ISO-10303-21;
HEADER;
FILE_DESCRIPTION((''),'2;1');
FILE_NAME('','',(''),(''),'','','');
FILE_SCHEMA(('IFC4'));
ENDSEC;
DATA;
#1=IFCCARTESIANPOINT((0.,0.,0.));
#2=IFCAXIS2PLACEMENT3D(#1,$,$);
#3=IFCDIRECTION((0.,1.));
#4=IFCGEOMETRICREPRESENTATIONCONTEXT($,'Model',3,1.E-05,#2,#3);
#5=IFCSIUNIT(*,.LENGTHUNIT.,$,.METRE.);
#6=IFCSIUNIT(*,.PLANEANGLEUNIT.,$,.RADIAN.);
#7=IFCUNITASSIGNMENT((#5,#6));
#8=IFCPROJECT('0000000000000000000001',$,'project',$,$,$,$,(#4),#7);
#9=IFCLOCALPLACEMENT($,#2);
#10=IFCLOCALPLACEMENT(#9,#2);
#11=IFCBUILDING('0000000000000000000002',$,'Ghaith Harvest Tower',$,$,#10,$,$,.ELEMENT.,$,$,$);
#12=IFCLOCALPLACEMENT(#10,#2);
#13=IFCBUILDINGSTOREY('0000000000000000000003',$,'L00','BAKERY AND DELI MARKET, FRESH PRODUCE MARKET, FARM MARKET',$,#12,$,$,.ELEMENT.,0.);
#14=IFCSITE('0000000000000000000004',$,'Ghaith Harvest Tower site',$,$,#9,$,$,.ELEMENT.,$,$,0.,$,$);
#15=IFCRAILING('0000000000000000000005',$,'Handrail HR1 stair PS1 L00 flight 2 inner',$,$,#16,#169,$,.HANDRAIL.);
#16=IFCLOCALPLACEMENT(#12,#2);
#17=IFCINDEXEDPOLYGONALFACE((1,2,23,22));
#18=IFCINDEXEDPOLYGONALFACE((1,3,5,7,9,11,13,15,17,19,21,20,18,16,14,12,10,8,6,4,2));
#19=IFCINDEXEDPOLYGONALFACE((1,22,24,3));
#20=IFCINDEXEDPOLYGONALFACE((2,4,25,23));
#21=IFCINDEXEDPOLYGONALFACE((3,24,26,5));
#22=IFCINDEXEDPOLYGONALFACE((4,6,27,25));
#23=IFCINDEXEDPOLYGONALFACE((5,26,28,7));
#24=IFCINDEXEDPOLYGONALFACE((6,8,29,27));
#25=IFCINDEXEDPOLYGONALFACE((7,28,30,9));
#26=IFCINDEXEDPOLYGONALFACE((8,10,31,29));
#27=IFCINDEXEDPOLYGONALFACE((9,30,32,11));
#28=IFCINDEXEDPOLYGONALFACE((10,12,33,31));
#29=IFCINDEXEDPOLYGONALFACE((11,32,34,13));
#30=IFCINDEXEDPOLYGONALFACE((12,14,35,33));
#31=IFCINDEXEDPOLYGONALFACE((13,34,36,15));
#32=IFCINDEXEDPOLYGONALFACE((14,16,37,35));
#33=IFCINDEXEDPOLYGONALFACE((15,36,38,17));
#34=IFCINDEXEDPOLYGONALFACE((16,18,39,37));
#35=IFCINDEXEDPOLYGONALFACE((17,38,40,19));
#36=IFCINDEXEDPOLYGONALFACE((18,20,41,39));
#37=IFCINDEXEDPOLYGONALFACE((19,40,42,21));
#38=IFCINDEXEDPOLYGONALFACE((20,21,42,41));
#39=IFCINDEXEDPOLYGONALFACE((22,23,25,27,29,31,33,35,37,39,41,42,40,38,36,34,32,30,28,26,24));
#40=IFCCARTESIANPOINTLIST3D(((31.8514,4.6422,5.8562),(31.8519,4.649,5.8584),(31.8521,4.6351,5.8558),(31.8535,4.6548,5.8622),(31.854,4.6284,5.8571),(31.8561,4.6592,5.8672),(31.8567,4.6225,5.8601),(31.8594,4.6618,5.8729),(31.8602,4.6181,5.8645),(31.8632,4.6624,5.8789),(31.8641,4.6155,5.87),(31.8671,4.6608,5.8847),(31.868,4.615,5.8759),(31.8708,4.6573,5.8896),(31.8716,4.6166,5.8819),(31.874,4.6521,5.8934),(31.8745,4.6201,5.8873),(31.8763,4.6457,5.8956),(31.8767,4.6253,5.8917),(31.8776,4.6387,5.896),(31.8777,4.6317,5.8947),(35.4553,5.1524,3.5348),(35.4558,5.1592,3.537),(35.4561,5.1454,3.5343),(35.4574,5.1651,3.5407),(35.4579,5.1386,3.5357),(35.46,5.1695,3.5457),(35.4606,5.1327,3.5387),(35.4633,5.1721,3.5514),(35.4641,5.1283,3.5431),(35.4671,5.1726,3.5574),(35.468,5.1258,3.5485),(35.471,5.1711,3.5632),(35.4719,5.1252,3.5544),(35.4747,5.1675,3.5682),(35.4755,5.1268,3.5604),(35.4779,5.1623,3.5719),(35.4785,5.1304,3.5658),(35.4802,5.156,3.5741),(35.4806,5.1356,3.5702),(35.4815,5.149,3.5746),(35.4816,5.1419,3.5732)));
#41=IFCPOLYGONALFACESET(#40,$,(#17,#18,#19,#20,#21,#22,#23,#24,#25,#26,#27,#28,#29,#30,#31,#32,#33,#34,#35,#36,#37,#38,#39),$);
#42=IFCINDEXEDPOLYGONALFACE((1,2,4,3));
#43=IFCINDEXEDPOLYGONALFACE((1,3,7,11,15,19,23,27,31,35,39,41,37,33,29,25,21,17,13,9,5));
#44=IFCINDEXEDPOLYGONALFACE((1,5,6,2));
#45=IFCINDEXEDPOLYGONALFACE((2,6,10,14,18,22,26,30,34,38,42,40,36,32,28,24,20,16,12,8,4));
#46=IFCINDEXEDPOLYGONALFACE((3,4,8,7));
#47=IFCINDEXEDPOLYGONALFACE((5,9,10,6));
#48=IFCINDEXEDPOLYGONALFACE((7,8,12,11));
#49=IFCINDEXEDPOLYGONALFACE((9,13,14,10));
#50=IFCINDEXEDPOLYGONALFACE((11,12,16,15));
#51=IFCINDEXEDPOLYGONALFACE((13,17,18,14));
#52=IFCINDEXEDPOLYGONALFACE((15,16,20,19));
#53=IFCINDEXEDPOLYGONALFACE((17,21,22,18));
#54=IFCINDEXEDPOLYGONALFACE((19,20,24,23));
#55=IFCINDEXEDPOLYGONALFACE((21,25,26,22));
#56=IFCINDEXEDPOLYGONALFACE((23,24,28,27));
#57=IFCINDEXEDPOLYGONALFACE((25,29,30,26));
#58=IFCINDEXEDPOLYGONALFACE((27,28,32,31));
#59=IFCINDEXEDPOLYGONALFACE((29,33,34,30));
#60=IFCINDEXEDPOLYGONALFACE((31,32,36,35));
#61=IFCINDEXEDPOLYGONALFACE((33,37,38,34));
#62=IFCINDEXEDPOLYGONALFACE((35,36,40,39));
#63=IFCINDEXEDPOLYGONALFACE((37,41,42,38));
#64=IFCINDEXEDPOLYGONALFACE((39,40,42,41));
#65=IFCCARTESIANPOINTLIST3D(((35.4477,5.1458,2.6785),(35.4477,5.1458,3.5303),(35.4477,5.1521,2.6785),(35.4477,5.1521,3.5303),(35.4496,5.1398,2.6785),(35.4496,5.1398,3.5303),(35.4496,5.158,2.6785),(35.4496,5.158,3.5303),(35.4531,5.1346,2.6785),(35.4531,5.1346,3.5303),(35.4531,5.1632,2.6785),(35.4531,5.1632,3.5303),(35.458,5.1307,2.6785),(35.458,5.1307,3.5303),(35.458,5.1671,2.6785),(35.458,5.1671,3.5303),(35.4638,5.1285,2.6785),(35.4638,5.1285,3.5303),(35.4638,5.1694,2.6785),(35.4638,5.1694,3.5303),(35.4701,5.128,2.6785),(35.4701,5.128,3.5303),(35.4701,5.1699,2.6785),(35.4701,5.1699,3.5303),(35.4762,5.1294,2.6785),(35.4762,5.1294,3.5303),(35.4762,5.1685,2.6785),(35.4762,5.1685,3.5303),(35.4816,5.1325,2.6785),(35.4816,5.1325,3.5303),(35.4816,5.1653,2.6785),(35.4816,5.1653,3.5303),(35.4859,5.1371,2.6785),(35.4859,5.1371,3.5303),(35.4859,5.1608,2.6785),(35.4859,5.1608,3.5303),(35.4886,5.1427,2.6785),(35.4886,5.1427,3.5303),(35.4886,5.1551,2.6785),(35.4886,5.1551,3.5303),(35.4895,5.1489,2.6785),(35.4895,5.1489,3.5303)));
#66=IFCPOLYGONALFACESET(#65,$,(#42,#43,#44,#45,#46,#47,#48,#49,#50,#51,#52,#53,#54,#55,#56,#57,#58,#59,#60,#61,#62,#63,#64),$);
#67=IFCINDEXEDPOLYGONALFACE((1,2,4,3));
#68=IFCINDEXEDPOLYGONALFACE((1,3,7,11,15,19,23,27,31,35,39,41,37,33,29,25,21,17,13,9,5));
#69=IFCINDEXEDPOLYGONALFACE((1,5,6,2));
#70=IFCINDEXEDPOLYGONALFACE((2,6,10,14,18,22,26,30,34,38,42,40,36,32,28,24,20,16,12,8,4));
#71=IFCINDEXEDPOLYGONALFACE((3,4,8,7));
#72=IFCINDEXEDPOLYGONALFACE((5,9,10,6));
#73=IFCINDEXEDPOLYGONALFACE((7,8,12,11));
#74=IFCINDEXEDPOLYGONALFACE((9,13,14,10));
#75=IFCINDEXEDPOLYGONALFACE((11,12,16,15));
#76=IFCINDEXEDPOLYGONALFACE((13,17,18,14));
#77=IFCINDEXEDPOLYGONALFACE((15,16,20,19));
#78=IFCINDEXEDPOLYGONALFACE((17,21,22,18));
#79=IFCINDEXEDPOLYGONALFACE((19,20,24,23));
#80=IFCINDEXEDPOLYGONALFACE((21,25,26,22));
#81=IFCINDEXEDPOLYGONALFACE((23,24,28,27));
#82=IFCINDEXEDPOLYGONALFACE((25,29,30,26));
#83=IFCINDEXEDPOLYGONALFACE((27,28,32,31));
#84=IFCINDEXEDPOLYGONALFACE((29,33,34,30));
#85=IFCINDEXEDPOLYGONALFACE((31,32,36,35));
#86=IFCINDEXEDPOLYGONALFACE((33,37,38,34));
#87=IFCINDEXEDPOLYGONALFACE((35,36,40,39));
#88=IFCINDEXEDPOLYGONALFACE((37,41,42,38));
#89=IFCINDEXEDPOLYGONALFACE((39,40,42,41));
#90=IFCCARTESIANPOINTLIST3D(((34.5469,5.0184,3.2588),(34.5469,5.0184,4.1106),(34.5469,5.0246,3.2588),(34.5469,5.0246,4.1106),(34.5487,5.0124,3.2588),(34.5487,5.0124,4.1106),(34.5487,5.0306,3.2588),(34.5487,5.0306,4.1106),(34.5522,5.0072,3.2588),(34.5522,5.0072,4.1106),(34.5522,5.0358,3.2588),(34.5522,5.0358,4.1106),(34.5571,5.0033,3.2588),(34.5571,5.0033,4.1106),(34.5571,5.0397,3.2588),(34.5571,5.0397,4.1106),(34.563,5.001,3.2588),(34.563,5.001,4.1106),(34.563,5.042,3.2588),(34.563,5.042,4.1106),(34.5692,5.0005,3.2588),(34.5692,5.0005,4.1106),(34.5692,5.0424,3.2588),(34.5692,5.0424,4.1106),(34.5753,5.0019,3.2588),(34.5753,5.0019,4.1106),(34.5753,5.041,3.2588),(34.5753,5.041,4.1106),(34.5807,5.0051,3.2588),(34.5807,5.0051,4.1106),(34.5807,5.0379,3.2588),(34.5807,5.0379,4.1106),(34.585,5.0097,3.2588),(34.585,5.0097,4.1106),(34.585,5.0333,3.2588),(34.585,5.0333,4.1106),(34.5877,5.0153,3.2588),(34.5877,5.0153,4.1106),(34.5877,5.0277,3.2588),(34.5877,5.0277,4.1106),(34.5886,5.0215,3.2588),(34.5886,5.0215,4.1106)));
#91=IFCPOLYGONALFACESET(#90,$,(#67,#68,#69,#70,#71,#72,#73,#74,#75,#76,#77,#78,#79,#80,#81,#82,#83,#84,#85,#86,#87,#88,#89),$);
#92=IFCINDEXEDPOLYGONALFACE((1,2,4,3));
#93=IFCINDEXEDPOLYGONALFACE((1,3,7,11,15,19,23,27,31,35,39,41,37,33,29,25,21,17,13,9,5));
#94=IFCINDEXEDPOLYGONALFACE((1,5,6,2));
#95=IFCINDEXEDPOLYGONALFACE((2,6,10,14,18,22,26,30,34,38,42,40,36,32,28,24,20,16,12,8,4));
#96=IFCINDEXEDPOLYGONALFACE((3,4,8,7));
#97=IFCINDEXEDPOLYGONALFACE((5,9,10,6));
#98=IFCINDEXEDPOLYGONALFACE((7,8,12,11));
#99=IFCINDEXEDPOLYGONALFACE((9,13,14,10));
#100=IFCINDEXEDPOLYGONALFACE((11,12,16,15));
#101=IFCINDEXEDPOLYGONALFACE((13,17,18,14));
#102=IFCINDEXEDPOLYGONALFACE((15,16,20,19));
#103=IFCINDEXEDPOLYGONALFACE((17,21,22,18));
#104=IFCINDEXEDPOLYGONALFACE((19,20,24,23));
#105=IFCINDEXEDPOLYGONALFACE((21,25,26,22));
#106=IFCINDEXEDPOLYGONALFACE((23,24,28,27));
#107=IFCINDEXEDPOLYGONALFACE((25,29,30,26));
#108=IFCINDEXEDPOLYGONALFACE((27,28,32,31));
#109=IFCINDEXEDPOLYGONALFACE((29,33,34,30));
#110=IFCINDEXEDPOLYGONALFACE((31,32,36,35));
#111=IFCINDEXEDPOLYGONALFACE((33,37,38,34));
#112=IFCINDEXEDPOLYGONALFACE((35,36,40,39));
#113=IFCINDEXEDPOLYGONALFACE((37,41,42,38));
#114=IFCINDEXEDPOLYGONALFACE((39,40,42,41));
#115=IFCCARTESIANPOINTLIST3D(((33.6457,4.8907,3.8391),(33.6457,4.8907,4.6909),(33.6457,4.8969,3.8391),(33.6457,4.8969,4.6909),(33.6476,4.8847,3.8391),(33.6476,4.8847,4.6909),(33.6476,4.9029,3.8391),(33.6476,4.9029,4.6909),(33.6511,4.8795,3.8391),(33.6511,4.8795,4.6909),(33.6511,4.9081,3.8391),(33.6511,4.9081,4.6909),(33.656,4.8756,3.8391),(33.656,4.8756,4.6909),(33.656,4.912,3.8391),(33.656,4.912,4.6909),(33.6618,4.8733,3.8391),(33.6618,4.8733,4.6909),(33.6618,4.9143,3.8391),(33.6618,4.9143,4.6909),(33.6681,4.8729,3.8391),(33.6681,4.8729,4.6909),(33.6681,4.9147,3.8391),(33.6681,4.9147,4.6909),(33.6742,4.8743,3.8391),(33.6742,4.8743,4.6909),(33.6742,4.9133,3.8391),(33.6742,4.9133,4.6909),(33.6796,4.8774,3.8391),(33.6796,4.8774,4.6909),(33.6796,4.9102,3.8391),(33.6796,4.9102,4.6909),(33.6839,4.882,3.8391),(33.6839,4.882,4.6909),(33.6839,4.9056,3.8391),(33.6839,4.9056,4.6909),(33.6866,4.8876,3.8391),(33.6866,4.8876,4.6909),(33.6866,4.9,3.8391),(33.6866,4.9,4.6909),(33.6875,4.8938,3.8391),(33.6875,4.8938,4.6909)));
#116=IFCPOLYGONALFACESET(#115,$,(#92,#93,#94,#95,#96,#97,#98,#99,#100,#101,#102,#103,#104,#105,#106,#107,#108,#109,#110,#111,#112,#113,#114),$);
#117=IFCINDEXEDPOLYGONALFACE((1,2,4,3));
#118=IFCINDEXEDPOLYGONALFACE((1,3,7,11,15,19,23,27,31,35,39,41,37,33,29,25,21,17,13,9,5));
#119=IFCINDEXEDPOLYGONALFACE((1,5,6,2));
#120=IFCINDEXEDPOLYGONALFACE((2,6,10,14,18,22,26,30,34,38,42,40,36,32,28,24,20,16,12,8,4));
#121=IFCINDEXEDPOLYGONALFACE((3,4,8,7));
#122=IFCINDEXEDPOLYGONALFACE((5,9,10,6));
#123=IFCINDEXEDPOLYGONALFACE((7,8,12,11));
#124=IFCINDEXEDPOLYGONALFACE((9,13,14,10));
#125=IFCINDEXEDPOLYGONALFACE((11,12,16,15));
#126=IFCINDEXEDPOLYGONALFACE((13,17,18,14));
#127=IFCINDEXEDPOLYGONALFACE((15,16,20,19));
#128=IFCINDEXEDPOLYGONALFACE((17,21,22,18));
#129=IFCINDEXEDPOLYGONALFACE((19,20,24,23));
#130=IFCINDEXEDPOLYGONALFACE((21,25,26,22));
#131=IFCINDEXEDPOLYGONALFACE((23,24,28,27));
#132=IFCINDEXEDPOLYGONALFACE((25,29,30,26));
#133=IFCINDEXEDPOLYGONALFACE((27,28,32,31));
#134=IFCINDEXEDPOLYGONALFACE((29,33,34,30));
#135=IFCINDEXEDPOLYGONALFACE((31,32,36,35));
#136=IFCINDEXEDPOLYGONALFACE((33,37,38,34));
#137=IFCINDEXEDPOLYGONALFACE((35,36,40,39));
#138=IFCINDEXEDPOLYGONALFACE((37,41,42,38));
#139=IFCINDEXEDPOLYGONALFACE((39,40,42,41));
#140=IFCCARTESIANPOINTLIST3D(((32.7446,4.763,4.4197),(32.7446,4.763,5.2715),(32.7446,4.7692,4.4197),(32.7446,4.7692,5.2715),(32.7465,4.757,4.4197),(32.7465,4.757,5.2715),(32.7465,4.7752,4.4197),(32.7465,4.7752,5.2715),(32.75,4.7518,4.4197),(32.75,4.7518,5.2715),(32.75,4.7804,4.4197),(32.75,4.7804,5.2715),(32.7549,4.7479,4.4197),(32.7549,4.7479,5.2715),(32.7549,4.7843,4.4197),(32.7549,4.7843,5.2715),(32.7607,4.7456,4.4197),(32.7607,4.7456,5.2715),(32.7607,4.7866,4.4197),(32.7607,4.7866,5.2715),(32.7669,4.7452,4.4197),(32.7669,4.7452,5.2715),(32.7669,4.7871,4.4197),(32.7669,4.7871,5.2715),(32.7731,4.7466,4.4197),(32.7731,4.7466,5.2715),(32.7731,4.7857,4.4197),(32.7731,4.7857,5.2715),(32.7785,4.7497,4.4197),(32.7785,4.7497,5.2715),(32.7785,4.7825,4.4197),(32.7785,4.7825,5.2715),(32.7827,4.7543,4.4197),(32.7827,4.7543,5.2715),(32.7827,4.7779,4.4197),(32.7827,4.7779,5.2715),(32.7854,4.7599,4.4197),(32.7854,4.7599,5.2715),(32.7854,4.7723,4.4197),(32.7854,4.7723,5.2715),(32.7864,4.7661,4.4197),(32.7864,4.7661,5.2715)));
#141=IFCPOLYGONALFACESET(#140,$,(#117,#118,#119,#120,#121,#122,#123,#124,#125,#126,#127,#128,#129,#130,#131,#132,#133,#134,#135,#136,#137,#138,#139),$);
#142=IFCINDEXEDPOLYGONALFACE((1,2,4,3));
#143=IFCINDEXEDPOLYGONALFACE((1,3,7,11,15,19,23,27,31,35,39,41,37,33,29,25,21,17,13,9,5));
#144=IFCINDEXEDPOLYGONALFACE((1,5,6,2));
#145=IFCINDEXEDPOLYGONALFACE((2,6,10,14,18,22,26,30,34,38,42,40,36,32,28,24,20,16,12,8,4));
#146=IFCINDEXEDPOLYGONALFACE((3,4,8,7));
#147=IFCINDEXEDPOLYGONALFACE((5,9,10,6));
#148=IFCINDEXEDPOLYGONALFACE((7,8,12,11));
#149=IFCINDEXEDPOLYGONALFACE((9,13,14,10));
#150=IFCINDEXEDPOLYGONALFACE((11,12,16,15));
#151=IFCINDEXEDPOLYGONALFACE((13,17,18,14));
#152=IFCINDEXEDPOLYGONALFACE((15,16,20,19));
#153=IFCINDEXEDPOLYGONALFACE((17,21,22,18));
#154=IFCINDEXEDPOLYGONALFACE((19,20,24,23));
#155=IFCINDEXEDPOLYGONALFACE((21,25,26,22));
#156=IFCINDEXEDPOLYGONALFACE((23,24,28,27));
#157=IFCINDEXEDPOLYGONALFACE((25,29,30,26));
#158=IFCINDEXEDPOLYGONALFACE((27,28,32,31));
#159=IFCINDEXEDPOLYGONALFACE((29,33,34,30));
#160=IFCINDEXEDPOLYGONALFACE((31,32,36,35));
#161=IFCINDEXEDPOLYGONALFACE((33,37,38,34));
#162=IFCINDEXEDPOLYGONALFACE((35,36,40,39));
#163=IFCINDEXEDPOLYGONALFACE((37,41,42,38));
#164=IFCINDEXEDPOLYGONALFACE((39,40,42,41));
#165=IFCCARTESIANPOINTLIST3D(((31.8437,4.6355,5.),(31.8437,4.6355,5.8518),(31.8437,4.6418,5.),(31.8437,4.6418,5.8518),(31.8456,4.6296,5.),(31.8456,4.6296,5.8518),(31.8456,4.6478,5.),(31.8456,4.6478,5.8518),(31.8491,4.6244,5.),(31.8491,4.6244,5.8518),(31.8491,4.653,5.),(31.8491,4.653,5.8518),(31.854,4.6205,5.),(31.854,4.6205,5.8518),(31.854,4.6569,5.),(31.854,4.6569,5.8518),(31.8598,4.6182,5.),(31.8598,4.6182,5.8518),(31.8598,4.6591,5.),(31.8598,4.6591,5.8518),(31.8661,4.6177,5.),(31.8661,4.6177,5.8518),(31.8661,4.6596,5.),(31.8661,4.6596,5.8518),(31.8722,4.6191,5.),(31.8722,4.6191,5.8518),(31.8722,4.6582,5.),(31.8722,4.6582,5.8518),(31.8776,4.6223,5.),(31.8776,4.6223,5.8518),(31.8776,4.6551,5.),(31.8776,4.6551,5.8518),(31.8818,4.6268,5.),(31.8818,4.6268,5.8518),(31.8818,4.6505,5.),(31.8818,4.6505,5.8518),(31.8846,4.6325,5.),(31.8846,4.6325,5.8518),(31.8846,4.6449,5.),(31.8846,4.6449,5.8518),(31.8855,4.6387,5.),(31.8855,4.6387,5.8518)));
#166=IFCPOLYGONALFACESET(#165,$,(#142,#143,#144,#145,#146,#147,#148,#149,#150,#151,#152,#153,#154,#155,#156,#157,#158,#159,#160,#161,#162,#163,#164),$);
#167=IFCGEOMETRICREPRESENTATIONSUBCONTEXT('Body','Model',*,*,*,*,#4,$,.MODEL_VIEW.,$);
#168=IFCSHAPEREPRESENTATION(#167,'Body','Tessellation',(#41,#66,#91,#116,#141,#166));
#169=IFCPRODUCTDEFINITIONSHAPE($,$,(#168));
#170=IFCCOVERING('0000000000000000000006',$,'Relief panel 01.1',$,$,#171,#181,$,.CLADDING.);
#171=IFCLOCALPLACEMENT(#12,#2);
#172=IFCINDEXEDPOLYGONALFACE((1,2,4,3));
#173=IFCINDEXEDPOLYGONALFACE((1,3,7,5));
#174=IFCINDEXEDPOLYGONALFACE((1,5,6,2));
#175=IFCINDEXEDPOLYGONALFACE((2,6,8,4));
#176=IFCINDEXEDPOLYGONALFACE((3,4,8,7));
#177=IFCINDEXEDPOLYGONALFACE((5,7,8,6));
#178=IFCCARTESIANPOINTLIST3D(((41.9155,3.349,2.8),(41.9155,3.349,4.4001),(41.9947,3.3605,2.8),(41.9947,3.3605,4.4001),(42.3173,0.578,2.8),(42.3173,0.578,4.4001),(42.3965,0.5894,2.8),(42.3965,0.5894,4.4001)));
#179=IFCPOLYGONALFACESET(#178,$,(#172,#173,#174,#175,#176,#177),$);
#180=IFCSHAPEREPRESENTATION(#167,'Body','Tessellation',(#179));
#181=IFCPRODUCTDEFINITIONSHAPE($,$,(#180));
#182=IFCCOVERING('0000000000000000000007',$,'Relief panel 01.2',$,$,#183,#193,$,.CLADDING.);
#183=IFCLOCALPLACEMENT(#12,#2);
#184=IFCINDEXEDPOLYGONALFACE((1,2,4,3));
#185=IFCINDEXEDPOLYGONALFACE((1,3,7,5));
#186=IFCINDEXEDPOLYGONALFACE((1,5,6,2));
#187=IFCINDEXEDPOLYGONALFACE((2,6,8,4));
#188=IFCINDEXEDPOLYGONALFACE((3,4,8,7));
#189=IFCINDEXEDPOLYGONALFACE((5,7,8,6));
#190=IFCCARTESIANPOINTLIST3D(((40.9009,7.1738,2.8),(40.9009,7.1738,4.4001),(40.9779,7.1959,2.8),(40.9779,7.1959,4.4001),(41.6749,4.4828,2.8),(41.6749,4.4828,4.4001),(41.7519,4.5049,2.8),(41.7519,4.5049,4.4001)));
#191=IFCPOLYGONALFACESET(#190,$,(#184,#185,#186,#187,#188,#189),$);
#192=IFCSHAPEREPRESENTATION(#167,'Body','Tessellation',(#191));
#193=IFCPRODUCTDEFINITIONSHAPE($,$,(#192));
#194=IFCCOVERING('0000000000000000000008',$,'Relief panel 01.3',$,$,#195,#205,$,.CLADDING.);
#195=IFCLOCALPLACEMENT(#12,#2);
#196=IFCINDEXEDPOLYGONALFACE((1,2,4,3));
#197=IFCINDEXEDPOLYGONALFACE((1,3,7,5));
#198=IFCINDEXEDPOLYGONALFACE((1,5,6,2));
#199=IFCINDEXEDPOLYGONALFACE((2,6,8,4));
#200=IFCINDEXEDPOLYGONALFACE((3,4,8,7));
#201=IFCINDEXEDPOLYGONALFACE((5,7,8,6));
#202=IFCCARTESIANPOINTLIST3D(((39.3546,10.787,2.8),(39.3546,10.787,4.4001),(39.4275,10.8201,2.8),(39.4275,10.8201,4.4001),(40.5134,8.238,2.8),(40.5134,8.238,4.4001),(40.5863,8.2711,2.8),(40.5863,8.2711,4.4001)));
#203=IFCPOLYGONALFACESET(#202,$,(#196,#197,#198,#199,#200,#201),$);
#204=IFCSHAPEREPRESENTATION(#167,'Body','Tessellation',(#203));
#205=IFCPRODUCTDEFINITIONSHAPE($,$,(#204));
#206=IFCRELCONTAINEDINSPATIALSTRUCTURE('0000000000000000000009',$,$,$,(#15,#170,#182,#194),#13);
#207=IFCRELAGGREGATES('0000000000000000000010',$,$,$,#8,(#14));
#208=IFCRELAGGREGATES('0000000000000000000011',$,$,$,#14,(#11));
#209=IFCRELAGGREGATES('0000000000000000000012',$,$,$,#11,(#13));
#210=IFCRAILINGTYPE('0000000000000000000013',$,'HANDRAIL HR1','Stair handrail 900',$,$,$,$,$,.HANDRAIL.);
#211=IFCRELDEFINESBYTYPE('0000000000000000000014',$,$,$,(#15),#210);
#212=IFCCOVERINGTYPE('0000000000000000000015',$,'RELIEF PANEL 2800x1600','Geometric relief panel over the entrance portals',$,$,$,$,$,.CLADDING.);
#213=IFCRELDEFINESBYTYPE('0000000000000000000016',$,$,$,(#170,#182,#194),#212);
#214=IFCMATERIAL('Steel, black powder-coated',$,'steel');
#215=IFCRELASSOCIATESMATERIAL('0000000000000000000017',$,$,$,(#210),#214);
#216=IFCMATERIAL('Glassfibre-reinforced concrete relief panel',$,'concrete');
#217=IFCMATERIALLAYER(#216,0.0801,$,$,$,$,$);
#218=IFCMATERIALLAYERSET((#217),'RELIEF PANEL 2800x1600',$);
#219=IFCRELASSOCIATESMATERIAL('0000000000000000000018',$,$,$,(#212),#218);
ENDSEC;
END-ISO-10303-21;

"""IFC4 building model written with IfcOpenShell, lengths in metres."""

from ifc_helpers import new_model, si_unit, direction, frame, origin, origin_2d, place, context, subcontext, project, spatial, rectangle, circle, extrude, material, layer, layer_set, type_object, element, save


model = new_model("IFC4")

# Units and contexts
model_context = context("Model", 3, precision=1e-05, world=origin(), true_north=direction((0.0, 1.0)))
body_context = subcontext(model_context, "Body", "Model", "MODEL_VIEW")
ifc_project = project(units=[si_unit("LENGTHUNIT", "METRE"), si_unit("PLANEANGLEUNIT", "RADIAN")], contexts=[model_context])

# Site, building, storey
site_placement = place(None, origin())
site = spatial("IfcSite", under=ifc_project, at=site_placement, Name="Ghaith Harvest Tower site", CompositionType="ELEMENT", RefElevation=0.0)
building_placement = place(site_placement, origin())
building = spatial("IfcBuilding", under=site, at=building_placement, Name="Ghaith Harvest Tower", CompositionType="ELEMENT")
storey_placement = place(building_placement, origin())
storey = spatial("IfcBuildingStorey", under=building, at=storey_placement, Name="L00", Description="BAKERY AND DELI MARKET, FRESH PRODUCE MARKET, FARM MARKET", CompositionType="ELEMENT", Elevation=0.0)

# Railing
ifc_material_1 = material(Name="Steel, black powder-coated", Category="steel")
railing_type = type_object("IfcRailingType", Name="HANDRAIL HR1", Description="Stair handrail 900", PredefinedType="HANDRAIL", material=ifc_material_1)
railing_1_placement = place(storey_placement, frame((35.4685, 5.1489, 2.6785)))
element("IfcRailing", 1, at=railing_1_placement, inside=storey, type_object=railing_type, Name="Handrail HR1 stair PS1 L00 flight 2 inner", PredefinedType="HANDRAIL", context=body_context, shape_type="SweptSolid", body=[
    extrude(circle(Radius=0.0239, at=origin_2d()), frame((0.0, 0.0, 0.876), z_axis=(-0.83479, -0.118189, 0.537733), x_axis=(0.140182, -0.990126, 0.0)), (0.0, 0.0, 1.0), 4.3171),
    extrude(circle(Radius=0.021, at=origin_2d()), origin(), (0.0, 0.0, 1.0), 0.8518),
    extrude(circle(Radius=0.021, at=origin_2d()), frame((-0.9009, -0.1274, 0.5803)), (0.0, 0.0, 1.0), 0.8518),
    extrude(circle(Radius=0.021, at=origin_2d()), frame((-1.802, -0.2551, 1.1606)), (0.0, 0.0, 1.0), 0.8518),
    extrude(circle(Radius=0.021, at=origin_2d()), frame((-2.7031, -0.3828, 1.7412)), (0.0, 0.0, 1.0), 0.8518),
    extrude(circle(Radius=0.021, at=origin_2d()), frame((-3.604, -0.5103, 2.3215)), (0.0, 0.0, 1.0), 0.8518),
])

# Coverings
ifc_material_2 = material(Name="Glassfibre-reinforced concrete relief panel", Category="concrete")
ifc_layer_1 = layer(ifc_material_2, 0.0801)
ifc_layer_set_1 = layer_set([ifc_layer_1], Name="RELIEF PANEL 2800x1600")
covering_type = type_object("IfcCoveringType", Name="RELIEF PANEL 2800x1600", Description="Geometric relief panel over the entrance portals", PredefinedType="CLADDING", material=ifc_layer_set_1)
for number, where, z_axis, x_axis, name in (
    (2, (42.156, 1.9692, 2.8), (0.0, 0.0, 1.0), (-0.143488, 0.989652, 0.0), "Relief panel 01.1"),
    (3, (41.3264, 5.8394, 2.8), (0.0, 0.0, 1.0), (-0.276418, 0.961038, 0.0), "Relief panel 01.2"),
    (4, (39.9705, 9.5291, 2.8), (0.0, 0.0, 1.0), (-0.413848, 0.910346, 0.0), "Relief panel 01.3"),
):
    element("IfcCovering", number, at=place(storey_placement, frame(where, z_axis=z_axis, x_axis=x_axis)), inside=storey, type_object=covering_type, Name=name, PredefinedType="CLADDING", context=body_context, shape_type="SweptSolid", body=[
        extrude(rectangle(XDim=2.8, YDim=0.0801, at=origin_2d()), origin(), (0.0, 0.0, 1.0), 1.6001),
    ])

save(model, "model.ifc")
